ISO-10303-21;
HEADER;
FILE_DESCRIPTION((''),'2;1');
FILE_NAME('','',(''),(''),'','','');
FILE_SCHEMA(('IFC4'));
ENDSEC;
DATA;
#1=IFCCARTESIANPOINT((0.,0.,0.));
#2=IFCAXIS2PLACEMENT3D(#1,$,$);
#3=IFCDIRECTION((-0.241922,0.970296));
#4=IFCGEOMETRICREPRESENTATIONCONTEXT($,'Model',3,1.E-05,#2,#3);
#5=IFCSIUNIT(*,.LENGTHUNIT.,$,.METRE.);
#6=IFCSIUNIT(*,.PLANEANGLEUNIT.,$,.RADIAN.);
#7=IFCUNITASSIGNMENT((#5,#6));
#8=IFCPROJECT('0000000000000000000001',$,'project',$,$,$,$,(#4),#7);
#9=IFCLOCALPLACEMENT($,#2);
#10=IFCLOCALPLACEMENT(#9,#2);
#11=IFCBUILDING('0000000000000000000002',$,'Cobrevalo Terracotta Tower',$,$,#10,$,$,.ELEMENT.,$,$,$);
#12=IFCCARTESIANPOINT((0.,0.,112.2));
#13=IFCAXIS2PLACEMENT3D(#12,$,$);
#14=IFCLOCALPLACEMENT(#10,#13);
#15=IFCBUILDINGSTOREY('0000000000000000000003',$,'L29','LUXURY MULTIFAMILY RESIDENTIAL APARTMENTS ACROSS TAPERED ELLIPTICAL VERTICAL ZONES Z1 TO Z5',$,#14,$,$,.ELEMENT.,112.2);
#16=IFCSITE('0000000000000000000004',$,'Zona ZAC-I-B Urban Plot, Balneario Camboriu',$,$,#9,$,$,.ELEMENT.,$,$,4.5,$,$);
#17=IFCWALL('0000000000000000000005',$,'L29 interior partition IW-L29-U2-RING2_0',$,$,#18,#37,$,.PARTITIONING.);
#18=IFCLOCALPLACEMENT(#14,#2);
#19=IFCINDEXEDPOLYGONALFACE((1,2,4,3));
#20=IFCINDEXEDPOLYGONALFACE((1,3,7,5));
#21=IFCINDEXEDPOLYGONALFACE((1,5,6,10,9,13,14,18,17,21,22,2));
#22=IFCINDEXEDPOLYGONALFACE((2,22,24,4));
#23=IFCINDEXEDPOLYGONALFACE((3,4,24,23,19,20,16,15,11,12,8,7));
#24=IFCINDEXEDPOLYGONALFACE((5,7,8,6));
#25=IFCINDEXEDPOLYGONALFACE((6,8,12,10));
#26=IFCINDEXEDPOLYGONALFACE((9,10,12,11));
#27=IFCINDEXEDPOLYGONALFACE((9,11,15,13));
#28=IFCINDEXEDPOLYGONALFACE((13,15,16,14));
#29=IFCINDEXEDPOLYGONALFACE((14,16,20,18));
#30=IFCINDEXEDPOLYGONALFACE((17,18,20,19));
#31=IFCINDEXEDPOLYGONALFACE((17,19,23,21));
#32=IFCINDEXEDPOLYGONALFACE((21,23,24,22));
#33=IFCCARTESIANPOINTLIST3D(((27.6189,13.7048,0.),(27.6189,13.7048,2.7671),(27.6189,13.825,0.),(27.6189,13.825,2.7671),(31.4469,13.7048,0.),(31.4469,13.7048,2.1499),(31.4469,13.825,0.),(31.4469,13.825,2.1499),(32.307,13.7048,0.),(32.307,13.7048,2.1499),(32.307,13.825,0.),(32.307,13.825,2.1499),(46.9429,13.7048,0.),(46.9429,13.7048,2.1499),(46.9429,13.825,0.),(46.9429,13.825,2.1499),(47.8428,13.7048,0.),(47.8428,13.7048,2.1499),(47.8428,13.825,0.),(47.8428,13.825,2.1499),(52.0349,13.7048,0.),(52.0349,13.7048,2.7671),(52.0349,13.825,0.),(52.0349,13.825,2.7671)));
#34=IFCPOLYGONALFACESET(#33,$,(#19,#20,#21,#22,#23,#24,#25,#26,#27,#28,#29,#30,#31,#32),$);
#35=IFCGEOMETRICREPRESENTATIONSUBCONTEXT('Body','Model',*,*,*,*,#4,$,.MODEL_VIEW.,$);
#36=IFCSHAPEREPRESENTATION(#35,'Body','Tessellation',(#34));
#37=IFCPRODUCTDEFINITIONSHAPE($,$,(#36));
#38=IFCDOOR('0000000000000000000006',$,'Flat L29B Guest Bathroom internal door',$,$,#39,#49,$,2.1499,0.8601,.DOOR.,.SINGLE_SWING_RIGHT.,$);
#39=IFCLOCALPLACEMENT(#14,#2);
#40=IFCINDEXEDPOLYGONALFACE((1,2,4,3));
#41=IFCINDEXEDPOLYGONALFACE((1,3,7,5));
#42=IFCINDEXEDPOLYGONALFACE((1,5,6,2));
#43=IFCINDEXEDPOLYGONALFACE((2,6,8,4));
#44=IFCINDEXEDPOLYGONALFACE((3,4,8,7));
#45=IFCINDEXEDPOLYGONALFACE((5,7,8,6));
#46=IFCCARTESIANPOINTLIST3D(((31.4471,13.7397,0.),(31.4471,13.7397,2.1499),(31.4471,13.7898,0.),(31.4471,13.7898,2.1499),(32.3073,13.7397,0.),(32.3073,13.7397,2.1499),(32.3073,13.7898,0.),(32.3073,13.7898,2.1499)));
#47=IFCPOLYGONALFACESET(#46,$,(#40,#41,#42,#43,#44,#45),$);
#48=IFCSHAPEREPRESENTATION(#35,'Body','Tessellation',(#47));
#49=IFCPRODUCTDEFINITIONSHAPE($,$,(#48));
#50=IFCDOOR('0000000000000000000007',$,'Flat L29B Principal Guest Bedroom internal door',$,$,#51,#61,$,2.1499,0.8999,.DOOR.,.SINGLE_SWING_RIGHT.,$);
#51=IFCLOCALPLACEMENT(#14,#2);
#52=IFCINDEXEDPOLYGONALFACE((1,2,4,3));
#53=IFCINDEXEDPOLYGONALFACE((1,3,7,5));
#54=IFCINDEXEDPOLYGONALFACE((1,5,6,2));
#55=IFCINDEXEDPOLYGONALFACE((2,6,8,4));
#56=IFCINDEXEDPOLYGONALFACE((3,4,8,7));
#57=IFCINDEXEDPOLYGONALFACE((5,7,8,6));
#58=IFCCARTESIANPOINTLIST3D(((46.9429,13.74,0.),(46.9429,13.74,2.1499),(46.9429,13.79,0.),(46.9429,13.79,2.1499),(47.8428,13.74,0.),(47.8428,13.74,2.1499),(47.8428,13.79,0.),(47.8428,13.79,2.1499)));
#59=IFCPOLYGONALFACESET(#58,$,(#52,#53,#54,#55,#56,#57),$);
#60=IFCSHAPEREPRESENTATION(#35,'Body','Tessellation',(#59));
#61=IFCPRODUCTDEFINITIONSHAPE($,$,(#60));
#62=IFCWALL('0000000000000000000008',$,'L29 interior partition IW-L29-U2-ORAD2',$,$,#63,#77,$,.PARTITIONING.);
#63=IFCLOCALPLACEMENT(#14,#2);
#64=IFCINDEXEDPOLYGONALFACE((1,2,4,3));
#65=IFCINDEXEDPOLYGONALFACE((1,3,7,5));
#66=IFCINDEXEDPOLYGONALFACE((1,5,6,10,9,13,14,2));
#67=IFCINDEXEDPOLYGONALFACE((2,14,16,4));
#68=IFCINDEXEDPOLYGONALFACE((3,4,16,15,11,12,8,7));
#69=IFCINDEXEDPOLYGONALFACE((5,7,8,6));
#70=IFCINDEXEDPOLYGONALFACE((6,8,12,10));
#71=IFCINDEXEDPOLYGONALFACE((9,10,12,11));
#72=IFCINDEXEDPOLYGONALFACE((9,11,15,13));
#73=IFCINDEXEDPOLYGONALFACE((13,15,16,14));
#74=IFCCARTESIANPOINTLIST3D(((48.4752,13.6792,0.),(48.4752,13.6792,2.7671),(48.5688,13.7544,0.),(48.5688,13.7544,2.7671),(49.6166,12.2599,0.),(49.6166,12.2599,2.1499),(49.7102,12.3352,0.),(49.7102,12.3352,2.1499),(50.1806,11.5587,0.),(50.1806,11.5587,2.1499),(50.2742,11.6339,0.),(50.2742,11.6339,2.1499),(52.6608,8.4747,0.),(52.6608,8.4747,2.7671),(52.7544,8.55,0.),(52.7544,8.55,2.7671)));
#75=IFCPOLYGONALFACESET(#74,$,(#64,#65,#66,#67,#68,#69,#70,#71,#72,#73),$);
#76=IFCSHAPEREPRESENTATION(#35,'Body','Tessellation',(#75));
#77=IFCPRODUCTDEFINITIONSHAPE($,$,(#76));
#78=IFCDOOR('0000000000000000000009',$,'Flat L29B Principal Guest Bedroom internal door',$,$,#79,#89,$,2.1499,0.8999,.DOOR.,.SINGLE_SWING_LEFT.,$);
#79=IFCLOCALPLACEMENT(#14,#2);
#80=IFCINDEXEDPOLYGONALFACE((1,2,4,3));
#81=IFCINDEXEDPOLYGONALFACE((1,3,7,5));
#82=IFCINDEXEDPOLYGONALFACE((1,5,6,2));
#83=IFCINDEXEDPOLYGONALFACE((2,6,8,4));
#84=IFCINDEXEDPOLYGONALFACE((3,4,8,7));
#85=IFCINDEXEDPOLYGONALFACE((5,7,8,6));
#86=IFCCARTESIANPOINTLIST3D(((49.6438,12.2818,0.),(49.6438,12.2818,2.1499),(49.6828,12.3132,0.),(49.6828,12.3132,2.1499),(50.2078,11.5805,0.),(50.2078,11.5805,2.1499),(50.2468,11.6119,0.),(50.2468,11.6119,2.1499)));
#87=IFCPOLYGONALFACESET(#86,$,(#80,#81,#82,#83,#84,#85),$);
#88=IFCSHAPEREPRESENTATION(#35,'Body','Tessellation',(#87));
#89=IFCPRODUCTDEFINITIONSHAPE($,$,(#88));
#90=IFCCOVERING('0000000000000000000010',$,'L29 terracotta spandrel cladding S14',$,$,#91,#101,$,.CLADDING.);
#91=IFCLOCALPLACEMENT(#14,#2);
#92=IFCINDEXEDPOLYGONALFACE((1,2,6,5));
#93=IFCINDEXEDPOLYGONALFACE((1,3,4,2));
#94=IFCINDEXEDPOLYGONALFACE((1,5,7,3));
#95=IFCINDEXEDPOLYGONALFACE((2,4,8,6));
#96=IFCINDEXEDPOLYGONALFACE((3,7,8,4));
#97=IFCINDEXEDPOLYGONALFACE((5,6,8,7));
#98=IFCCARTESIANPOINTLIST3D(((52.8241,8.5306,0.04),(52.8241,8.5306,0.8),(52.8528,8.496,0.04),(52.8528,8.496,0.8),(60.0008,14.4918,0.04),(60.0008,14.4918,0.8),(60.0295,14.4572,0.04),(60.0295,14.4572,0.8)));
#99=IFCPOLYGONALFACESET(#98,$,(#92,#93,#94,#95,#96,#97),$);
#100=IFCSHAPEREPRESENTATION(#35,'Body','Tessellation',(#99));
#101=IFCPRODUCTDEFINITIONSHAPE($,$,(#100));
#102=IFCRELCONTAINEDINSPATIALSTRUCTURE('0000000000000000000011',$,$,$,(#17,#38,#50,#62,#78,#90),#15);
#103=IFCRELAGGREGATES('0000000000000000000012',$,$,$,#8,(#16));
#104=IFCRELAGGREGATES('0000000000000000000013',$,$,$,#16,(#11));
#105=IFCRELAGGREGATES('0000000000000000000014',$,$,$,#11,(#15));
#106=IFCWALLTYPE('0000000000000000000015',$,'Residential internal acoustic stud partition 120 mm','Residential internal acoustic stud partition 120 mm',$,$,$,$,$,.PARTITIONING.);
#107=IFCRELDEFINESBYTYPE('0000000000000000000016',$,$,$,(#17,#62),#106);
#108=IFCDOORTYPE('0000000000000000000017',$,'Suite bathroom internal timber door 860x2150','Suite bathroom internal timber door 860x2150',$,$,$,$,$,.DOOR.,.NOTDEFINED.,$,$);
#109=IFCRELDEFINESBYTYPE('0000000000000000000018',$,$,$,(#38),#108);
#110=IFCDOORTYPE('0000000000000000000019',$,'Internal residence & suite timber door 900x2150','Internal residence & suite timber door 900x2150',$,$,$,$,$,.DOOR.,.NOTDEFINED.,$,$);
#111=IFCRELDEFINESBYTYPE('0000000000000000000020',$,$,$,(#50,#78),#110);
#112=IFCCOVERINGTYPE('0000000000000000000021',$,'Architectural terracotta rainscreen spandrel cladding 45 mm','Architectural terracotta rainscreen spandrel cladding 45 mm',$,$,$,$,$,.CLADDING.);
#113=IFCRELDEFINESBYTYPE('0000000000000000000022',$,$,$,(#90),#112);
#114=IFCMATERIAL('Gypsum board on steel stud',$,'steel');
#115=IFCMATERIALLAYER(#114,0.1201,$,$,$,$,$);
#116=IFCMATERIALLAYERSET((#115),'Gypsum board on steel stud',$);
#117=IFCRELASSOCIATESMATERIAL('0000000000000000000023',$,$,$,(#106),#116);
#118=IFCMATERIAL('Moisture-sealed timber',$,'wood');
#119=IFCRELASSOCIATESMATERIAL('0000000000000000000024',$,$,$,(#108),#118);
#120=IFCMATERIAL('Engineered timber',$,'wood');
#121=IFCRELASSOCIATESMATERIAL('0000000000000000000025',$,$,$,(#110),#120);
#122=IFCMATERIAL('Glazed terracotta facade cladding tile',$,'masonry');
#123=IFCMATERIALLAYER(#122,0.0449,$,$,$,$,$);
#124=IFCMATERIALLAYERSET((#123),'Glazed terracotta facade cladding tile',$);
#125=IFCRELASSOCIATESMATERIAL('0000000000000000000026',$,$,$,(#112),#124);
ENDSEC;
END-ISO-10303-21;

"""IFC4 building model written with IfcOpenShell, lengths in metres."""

from ifc_helpers import new_model, si_unit, direction, frame, frame_2d, origin, origin_2d, place, context, subcontext, project, spatial, rectangle, extrude, source, transform, mapped, material, layer, layer_set, type_object, element, fill, save


model = new_model("IFC4")

# Units and contexts
model_context = context("Model", 3, precision=1e-05, world=origin(), true_north=direction((-0.241922, 0.970296)))
body_context = subcontext(model_context, "Body", "Model", "MODEL_VIEW")
ifc_project = project(units=[si_unit("LENGTHUNIT", "METRE"), si_unit("PLANEANGLEUNIT", "RADIAN")], contexts=[model_context])

# Site, building, storey
site_placement = place(None, origin())
site = spatial("IfcSite", under=ifc_project, at=site_placement, Name="Zona ZAC-I-B Urban Plot, Balneario Camboriu", CompositionType="ELEMENT", RefElevation=4.5)
building_placement = place(site_placement, origin())
building = spatial("IfcBuilding", under=site, at=building_placement, Name="Cobrevalo Terracotta Tower", CompositionType="ELEMENT")
storey_placement = place(building_placement, frame((0.0, 0.0, 112.2)))
storey = spatial("IfcBuildingStorey", under=building, at=storey_placement, Name="L29", Description="LUXURY MULTIFAMILY RESIDENTIAL APARTMENTS ACROSS TAPERED ELLIPTICAL VERTICAL ZONES Z1 TO Z5", CompositionType="ELEMENT", Elevation=112.2)

# Wall, openings, doors
ifc_material_1 = material(Name="Gypsum board on steel stud", Category="steel")
ifc_layer_1 = layer(ifc_material_1, 0.1201)
ifc_layer_set_1 = layer_set([ifc_layer_1], Name="Gypsum board on steel stud")
wall_type_1 = type_object("IfcWallType", Name="Residential internal acoustic stud partition 120 mm", Description="Residential internal acoustic stud partition 120 mm", PredefinedType="PARTITIONING", material=ifc_layer_set_1)
wall_1_placement = place(storey_placement, frame((52.0349, 13.7649, 0.0), z_axis=(0.0, 0.0, 1.0), x_axis=(-1.0, 0.0, 0.0)))
wall_1 = element("IfcWall", 1, at=wall_1_placement, inside=storey, type_object=wall_type_1, Name="L29 interior partition IW-L29-U2-RING2_0", PredefinedType="PARTITIONING", context=body_context, shape_type="SweptSolid", body=[
    extrude(rectangle(XDim=24.416, YDim=0.1201, at=frame_2d((12.208, 0.0))), origin(), (0.0, 0.0, 1.0), 2.7671),
])
opening_1_placement = place(wall_1_placement, frame((4.1921, 0.0, 0.0)))
opening_1 = element("IfcOpeningElement", 2, at=opening_1_placement, cuts=wall_1, PredefinedType="OPENING", context=body_context, shape_type="SweptSolid", body=[
    extrude(rectangle(XDim=0.8999, YDim=2.1499, at=frame_2d((0.45, 1.075))), frame((0.0, 0.0701, 0.0), z_axis=(0.0, -1.0, 0.0), x_axis=(1.0, 0.0, 0.0)), (0.0, 0.0, 1.0), 0.1401),
])
opening_2_placement = place(wall_1_placement, frame((19.7278, 0.0, 0.0)))
opening_2 = element("IfcOpeningElement", 3, at=opening_2_placement, cuts=wall_1, PredefinedType="OPENING", context=body_context, shape_type="SweptSolid", body=[
    extrude(rectangle(XDim=0.8601, YDim=2.1499, at=frame_2d((0.4302, 1.075))), frame((0.0, 0.0701, 0.0), z_axis=(0.0, -1.0, 0.0), x_axis=(1.0, 0.0, 0.0)), (0.0, 0.0, 1.0), 0.1401),
])
ifc_material_2 = material(Name="Moisture-sealed timber", Category="wood")
door_type_1 = type_object("IfcDoorType", Name="Suite bathroom internal timber door 860x2150", Description="Suite bathroom internal timber door 860x2150", OperationType="NOTDEFINED", PredefinedType="DOOR", material=ifc_material_2)
shared_shape_1 = source(origin(), body_context, "Body", "SweptSolid", [
    extrude(rectangle(XDim=0.8601, YDim=2.1499, at=frame_2d((0.4302, 1.075))), frame((0.0, 0.0249, 0.0), z_axis=(0.0, -1.0, 0.0), x_axis=(1.0, 0.0, 0.0)), (0.0, 0.0, 1.0), 0.05),
])
door_1_placement = place(opening_2_placement, frame((0.8601, 0.0, 0.0), z_axis=(0.0, 0.0, 1.0), x_axis=(-1.0, 0.0, 0.0)))
door_1 = element("IfcDoor", 4, at=door_1_placement, inside=storey, type_object=door_type_1, Name="Flat L29B Guest Bathroom internal door", OperationType="SINGLE_SWING_RIGHT", OverallHeight=2.1499, OverallWidth=0.8601, PredefinedType="DOOR", context=body_context, shape_type="MappedRepresentation", body=[
    mapped(shared_shape_1, transform((0.0, 0.0, 0.0), scale=1.0)),
])
fill(opening_2, door_1)
ifc_material_3 = material(Name="Engineered timber", Category="wood")
door_type_2 = type_object("IfcDoorType", Name="Internal residence & suite timber door 900x2150", Description="Internal residence & suite timber door 900x2150", OperationType="NOTDEFINED", PredefinedType="DOOR", material=ifc_material_3)
shared_shape_2 = source(origin(), body_context, "Body", "SweptSolid", [
    extrude(rectangle(XDim=0.8999, YDim=2.1499, at=frame_2d((0.45, 1.075))), frame((0.0, 0.0249, 0.0), z_axis=(0.0, -1.0, 0.0), x_axis=(1.0, 0.0, 0.0)), (0.0, 0.0, 1.0), 0.05),
])
door_2_placement = place(opening_1_placement, origin())
door_2 = element("IfcDoor", 5, at=door_2_placement, inside=storey, type_object=door_type_2, Name="Flat L29B Principal Guest Bedroom internal door", OperationType="SINGLE_SWING_RIGHT", OverallHeight=2.1499, OverallWidth=0.8999, PredefinedType="DOOR", context=body_context, shape_type="MappedRepresentation", body=[
    mapped(shared_shape_2, transform((0.0, 0.0, 0.0), scale=1.0)),
])
fill(opening_1, door_2)

# Wall, opening, door
wall_2_placement = place(storey_placement, frame((48.522, 13.7168, 0.0), z_axis=(0.0, 0.0, 1.0), x_axis=(0.626708, -0.779254, 0.0)))
wall_2 = element("IfcWall", 6, at=wall_2_placement, inside=storey, type_object=wall_type_1, Name="L29 interior partition IW-L29-U2-ORAD2", PredefinedType="PARTITIONING", context=body_context, shape_type="SweptSolid", body=[
    extrude(rectangle(XDim=6.6787, YDim=0.1201, at=frame_2d((3.3394, 0.0))), origin(), (0.0, 0.0, 1.0), 2.7671),
])
opening_3_placement = place(wall_2_placement, frame((1.8213, 0.0, 0.0)))
opening_3 = element("IfcOpeningElement", 7, at=opening_3_placement, cuts=wall_2, PredefinedType="OPENING", context=body_context, shape_type="SweptSolid", body=[
    extrude(rectangle(XDim=0.8999, YDim=2.1499, at=frame_2d((0.45, 1.075))), frame((0.0, 0.0701, 0.0), z_axis=(0.0, -1.0, 0.0), x_axis=(1.0, 0.0, 0.0)), (0.0, 0.0, 1.0), 0.1401),
])
door_3_placement = place(opening_3_placement, origin())
door_3 = element("IfcDoor", 8, at=door_3_placement, inside=storey, type_object=door_type_2, Name="Flat L29B Principal Guest Bedroom internal door", OperationType="SINGLE_SWING_LEFT", OverallHeight=2.1499, OverallWidth=0.8999, PredefinedType="DOOR", context=body_context, shape_type="MappedRepresentation", body=[
    mapped(shared_shape_2, transform((0.0, 0.0, 0.0), scale=1.0)),
])
fill(opening_3, door_3)

# Covering
ifc_material_4 = material(Name="Glazed terracotta facade cladding tile", Category="masonry")
ifc_layer_2 = layer(ifc_material_4, 0.0449)
ifc_layer_set_2 = layer_set([ifc_layer_2], Name="Glazed terracotta facade cladding tile")
covering_type = type_object("IfcCoveringType", Name="Architectural terracotta rainscreen spandrel cladding 45 mm", Description="Architectural terracotta rainscreen spandrel cladding 45 mm", PredefinedType="CLADDING", material=ifc_layer_set_2)
shared_shape_3 = source(origin(), body_context, "Body", "SweptSolid", [
    extrude(rectangle(XDim=9.3296, YDim=0.0449, at=origin_2d()), origin(), (0.0, 0.0, 1.0), 0.76),
])
covering_placement = place(storey_placement, frame((56.4268, 11.4939, 0.04), z_axis=(0.0, 0.0, 1.0), x_axis=(0.769241, 0.638958, 0.0)))
element("IfcCovering", 9, at=covering_placement, inside=storey, type_object=covering_type, Name="L29 terracotta spandrel cladding S14", PredefinedType="CLADDING", context=body_context, shape_type="MappedRepresentation", body=[
    mapped(shared_shape_3, transform((0.0, 0.0, 0.0), scale=1.0)),
])

save(model, "model.ifc")
